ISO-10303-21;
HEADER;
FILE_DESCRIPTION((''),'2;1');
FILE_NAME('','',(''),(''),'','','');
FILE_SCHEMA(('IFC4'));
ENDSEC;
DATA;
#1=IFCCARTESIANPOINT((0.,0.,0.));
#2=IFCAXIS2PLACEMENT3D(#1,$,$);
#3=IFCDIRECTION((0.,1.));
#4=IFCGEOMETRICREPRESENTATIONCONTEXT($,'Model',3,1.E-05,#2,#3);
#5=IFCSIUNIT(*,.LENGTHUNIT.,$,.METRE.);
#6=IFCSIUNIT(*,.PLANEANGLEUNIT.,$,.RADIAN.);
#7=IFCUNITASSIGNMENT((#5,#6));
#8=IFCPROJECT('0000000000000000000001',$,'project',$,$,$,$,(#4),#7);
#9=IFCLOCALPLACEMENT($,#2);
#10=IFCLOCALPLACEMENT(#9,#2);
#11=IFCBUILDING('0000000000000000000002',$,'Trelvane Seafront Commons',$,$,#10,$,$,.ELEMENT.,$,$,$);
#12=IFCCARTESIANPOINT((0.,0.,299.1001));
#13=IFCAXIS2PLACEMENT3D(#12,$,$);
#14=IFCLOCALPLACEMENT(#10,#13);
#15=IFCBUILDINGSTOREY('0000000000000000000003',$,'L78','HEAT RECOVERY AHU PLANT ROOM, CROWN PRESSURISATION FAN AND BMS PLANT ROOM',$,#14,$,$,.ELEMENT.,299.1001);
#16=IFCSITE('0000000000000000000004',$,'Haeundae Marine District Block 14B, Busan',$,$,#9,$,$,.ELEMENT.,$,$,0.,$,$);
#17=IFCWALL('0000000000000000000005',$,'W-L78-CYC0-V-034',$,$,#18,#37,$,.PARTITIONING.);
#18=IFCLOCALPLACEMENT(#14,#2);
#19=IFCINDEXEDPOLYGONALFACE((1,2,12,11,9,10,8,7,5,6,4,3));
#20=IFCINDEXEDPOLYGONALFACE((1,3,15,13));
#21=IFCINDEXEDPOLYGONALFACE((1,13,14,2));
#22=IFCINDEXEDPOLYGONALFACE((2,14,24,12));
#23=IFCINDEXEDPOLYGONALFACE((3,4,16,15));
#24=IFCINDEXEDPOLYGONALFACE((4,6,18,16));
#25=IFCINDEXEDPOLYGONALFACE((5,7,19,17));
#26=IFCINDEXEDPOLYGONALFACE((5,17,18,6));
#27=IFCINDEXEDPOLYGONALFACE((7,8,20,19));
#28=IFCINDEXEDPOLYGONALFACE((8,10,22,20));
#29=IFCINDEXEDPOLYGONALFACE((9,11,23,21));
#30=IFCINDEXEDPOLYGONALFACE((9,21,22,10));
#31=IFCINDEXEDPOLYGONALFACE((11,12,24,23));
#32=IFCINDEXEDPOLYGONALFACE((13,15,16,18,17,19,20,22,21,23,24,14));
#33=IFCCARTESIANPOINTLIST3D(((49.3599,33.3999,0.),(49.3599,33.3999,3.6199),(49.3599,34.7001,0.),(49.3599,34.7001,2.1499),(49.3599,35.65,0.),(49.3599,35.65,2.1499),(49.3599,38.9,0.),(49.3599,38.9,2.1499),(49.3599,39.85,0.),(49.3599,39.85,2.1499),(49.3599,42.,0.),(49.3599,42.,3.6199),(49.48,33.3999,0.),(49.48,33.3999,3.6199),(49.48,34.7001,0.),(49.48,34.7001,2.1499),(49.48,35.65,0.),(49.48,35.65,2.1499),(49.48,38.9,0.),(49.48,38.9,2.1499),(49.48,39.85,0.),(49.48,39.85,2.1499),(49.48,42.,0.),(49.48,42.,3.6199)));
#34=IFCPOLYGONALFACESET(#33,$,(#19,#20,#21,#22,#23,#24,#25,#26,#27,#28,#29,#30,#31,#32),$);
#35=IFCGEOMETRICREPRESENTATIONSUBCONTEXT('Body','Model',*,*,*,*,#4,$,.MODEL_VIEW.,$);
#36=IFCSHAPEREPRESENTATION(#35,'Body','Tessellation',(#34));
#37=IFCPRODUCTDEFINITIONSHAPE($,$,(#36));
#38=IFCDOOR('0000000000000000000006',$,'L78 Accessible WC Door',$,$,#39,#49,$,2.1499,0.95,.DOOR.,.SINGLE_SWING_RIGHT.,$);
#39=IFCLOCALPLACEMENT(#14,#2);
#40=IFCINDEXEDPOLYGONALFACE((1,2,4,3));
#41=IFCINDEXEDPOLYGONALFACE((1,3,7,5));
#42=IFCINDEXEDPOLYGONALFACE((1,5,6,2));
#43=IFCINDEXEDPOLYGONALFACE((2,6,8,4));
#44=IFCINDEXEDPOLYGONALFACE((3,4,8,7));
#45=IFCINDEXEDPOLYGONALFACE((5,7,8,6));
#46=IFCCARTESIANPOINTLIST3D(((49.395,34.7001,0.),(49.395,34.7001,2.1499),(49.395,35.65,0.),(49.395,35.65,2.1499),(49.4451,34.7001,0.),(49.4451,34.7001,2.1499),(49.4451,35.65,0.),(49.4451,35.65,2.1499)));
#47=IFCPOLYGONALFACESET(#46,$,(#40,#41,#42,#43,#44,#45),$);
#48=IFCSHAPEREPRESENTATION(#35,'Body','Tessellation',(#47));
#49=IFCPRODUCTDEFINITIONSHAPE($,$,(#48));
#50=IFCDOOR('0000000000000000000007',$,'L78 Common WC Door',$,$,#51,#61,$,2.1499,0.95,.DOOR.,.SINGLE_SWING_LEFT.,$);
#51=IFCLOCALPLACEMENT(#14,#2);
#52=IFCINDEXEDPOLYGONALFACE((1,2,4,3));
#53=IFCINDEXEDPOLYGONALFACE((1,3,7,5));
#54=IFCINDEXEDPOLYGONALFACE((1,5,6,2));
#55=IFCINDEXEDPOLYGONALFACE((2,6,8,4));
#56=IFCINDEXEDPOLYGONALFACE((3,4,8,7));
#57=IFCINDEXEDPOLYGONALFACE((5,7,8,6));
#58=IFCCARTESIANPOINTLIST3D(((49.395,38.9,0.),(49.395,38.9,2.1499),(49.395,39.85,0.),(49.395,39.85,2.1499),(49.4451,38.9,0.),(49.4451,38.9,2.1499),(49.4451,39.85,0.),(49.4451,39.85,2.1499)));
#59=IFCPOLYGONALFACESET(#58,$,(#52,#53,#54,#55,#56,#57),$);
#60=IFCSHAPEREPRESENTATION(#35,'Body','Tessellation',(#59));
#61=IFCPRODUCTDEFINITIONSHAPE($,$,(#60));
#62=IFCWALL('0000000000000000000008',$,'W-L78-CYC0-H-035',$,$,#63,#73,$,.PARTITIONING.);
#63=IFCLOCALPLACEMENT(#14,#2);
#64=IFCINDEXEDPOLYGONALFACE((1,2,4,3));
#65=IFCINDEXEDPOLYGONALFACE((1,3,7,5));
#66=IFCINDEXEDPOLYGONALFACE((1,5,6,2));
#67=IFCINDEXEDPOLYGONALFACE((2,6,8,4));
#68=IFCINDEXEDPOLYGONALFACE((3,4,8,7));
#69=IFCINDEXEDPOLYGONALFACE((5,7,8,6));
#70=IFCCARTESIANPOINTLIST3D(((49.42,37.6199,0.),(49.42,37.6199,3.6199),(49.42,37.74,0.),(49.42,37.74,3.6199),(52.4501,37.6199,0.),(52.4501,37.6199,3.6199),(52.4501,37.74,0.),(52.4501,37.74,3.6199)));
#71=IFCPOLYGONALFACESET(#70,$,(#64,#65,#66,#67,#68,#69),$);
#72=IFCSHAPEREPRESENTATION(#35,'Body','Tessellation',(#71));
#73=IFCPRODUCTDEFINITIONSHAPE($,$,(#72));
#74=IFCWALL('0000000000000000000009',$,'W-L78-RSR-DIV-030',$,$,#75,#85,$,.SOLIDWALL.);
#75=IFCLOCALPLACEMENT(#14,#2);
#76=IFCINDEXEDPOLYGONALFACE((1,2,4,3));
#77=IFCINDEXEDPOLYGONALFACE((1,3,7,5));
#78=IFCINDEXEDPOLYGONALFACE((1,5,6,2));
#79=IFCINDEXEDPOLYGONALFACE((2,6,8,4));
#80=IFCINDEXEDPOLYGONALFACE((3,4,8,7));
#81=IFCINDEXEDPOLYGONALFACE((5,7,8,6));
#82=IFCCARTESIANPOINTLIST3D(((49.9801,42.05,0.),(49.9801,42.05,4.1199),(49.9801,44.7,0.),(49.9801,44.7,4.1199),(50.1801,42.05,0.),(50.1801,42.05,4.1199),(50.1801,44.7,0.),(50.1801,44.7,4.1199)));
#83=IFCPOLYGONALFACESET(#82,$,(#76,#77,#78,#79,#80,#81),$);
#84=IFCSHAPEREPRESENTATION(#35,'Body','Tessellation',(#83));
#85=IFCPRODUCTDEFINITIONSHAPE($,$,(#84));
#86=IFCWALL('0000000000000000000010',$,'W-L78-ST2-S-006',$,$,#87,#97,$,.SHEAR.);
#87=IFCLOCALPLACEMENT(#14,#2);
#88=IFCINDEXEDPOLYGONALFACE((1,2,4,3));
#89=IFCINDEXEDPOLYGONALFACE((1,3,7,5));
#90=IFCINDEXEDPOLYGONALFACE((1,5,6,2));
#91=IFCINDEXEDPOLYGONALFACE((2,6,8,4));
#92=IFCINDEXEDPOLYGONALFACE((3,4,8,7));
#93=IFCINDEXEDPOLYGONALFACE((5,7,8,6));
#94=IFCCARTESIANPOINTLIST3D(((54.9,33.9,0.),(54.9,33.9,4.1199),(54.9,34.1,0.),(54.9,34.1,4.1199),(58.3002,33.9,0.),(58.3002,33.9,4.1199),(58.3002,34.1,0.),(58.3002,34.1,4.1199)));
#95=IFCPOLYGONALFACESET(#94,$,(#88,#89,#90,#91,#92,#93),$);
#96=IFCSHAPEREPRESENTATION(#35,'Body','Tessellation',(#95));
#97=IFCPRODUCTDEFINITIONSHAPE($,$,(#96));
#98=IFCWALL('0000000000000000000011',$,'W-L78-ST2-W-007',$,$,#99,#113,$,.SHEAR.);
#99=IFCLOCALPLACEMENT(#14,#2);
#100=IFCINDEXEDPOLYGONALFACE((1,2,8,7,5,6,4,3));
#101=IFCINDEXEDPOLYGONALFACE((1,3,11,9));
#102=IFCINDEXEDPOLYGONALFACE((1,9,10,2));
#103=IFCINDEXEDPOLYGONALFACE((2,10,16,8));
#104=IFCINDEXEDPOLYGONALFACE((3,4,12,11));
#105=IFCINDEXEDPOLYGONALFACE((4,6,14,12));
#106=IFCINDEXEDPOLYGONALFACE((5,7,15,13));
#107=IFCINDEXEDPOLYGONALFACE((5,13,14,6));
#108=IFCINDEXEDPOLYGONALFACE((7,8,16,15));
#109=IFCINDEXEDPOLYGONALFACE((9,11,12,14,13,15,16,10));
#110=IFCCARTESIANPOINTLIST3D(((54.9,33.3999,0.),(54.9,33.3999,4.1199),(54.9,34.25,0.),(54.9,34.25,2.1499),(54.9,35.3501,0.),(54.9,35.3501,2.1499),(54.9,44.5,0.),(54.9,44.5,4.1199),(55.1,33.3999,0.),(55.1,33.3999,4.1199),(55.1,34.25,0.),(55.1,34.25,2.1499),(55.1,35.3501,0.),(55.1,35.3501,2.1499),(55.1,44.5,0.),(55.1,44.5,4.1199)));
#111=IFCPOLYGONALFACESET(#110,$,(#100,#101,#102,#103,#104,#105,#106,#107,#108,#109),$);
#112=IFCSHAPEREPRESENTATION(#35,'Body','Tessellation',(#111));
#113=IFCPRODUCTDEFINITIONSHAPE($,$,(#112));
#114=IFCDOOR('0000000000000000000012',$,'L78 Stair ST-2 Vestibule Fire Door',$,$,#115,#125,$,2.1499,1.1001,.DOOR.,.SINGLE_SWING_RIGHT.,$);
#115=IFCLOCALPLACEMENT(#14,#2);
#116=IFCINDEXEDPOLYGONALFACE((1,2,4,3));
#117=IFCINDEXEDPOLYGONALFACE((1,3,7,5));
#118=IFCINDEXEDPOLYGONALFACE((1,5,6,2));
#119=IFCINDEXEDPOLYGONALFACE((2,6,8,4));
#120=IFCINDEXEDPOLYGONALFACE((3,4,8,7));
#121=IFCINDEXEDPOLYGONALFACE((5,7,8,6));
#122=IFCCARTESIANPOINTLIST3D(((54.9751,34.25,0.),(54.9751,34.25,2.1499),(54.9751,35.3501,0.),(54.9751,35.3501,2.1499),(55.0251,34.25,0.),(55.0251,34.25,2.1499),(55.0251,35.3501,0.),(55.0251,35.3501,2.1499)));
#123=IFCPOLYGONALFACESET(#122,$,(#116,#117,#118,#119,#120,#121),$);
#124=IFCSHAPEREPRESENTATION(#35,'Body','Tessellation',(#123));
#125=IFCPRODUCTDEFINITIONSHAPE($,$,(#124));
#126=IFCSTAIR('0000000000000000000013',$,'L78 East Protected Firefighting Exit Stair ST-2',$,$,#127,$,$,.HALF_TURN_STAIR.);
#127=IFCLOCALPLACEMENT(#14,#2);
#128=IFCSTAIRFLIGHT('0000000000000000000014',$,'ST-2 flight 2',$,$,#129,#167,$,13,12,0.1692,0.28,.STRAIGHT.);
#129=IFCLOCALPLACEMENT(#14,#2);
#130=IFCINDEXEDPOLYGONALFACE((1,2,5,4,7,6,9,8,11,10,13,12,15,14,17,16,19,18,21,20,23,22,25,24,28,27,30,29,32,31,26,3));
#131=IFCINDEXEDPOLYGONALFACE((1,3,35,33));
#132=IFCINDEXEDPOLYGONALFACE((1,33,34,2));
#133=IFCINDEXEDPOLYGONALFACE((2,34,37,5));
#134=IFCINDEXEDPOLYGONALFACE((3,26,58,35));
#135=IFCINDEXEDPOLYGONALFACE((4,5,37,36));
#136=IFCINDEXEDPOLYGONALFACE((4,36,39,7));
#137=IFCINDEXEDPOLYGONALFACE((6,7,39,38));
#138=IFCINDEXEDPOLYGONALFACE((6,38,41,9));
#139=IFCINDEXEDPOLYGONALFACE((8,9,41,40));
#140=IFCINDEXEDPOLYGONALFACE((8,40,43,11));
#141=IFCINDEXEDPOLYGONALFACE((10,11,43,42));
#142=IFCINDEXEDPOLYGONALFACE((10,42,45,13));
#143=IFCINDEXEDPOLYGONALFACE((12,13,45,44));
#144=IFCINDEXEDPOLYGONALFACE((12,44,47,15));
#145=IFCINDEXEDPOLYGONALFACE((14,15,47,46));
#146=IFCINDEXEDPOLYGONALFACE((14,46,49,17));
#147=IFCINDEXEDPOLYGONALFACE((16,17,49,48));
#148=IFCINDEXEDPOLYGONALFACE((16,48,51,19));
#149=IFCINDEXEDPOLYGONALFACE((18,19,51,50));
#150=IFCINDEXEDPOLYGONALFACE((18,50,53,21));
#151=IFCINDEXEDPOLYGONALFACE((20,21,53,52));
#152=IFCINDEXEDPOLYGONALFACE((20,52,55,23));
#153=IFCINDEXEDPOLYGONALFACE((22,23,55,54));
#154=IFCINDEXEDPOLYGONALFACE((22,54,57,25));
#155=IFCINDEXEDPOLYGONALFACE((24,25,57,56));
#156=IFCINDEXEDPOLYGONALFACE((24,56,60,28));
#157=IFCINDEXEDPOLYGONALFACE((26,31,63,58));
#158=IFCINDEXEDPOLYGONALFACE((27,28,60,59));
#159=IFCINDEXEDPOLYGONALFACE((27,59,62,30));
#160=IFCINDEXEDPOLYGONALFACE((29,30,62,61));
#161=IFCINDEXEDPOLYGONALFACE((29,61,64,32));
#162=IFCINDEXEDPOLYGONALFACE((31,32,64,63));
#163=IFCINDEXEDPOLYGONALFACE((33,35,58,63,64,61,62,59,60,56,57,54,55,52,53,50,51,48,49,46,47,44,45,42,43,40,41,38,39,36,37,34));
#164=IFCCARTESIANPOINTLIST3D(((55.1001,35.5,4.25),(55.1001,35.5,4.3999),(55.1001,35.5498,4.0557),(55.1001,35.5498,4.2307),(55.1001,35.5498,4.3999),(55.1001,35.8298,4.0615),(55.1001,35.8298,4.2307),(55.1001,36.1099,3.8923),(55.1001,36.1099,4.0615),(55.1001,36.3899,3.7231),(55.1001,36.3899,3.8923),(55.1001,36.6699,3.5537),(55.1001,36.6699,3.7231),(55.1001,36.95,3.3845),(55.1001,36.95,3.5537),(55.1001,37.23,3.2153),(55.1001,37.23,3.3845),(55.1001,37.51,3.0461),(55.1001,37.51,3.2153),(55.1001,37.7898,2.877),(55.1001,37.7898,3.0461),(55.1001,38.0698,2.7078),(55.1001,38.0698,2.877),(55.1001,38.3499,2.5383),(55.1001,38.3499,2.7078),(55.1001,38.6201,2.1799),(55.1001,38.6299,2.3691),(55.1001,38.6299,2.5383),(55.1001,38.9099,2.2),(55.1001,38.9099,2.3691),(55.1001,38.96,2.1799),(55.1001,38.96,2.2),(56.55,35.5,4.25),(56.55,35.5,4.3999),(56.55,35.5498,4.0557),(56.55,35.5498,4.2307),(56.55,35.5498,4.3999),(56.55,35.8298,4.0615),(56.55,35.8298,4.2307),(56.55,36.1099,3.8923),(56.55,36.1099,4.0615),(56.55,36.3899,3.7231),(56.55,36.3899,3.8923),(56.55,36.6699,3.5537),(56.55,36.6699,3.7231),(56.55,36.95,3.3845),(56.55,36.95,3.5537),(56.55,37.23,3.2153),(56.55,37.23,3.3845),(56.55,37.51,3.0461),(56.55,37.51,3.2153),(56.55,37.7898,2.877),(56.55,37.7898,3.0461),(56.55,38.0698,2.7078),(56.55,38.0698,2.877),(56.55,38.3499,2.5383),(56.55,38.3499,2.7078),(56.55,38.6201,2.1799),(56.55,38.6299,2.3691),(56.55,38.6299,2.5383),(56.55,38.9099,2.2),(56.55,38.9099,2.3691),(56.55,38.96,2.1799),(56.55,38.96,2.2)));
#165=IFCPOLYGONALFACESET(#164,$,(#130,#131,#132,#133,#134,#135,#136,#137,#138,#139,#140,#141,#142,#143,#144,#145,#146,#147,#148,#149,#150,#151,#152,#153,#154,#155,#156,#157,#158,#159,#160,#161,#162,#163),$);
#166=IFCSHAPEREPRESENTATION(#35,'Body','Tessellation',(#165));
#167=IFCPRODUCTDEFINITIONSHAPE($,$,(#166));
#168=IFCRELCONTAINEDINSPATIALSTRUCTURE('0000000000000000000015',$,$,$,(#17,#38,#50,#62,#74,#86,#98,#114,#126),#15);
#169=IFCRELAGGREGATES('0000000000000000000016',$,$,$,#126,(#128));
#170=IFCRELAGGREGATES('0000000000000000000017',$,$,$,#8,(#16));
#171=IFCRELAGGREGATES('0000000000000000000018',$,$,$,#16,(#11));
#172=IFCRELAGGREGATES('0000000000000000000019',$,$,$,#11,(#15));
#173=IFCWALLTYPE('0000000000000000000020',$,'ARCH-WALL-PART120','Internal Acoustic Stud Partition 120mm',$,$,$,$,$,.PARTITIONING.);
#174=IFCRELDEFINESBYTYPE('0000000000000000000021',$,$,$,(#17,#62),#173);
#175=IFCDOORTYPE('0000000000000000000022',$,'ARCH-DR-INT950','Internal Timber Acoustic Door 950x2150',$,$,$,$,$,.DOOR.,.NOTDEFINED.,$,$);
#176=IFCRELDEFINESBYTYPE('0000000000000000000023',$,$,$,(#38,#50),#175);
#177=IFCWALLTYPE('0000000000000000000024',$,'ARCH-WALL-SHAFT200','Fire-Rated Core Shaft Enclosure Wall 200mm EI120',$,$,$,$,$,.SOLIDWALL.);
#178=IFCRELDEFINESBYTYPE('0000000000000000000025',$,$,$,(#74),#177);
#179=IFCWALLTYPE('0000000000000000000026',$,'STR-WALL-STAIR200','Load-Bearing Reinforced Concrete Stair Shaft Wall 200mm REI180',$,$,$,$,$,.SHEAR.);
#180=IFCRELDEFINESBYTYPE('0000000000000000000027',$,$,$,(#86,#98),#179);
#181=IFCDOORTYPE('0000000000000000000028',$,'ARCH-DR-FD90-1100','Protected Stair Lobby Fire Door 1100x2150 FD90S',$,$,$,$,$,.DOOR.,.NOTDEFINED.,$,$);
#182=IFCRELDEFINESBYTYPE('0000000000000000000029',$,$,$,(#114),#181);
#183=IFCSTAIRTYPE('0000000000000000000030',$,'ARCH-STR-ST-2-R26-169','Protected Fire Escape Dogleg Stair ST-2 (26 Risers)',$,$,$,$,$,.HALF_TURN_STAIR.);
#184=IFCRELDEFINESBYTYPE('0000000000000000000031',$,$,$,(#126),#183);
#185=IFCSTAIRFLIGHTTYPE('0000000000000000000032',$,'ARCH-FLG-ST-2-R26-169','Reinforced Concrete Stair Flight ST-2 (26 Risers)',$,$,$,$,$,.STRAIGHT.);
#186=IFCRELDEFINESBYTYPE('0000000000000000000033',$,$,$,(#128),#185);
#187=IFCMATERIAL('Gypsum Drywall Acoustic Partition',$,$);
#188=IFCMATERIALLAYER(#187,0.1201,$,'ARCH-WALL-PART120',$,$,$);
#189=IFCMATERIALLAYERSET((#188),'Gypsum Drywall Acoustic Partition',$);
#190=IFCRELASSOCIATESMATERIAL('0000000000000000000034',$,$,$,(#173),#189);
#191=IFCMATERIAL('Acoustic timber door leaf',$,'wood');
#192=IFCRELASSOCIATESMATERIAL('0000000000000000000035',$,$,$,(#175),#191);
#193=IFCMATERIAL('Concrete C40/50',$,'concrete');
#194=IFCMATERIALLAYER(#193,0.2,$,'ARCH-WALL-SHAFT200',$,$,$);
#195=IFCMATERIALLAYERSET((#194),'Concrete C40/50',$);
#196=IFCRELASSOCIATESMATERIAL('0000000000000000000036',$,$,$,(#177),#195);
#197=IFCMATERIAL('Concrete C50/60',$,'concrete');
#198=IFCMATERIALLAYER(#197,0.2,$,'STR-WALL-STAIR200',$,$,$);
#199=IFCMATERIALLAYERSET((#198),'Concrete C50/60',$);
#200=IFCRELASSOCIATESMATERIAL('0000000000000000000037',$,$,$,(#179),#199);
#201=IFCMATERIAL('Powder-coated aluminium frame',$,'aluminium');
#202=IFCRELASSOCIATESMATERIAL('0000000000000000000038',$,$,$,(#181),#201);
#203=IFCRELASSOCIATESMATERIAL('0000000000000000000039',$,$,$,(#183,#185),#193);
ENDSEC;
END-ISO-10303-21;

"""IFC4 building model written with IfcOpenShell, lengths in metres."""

from ifc_helpers import new_model, si_unit, direction, frame, frame_2d, origin, place, context, subcontext, project, spatial, polyline, rectangle, outline, extrude, source, transform, mapped, material, layer, layer_set, type_object, element, fill, aggregate, save


model = new_model("IFC4")

# Units and contexts
model_context = context("Model", 3, precision=1e-05, world=origin(), true_north=direction((0.0, 1.0)))
body_context = subcontext(model_context, "Body", "Model", "MODEL_VIEW")
ifc_project = project(units=[si_unit("LENGTHUNIT", "METRE"), si_unit("PLANEANGLEUNIT", "RADIAN")], contexts=[model_context])

# Site, building, storey
site_placement = place(None, origin())
site = spatial("IfcSite", under=ifc_project, at=site_placement, Name="Haeundae Marine District Block 14B, Busan", CompositionType="ELEMENT", RefElevation=0.0)
building_placement = place(site_placement, origin())
building = spatial("IfcBuilding", under=site, at=building_placement, Name="Trelvane Seafront Commons", CompositionType="ELEMENT")
storey_placement = place(building_placement, frame((0.0, 0.0, 299.1001)))
storey = spatial("IfcBuildingStorey", under=building, at=storey_placement, Name="L78", Description="HEAT RECOVERY AHU PLANT ROOM, CROWN PRESSURISATION FAN AND BMS PLANT ROOM", CompositionType="ELEMENT", Elevation=299.1001)

# Shared definitions
ifc_material_1 = material(Name="Concrete C40/50", Category="concrete")
ifc_material_2 = material(Name="Powder-coated aluminium frame", Category="aluminium")
shared_shape_1 = source(origin(), body_context, "Body", "SweptSolid", [
    extrude(rectangle(XDim=0.95, YDim=2.1499, at=frame_2d((0.4751, 1.075))), frame((0.0, 0.0249, 0.0), z_axis=(0.0, -1.0, 0.0), x_axis=(1.0, 0.0, 0.0)), (0.0, 0.0, 1.0), 0.05),
])

# Wall, openings, doors
ifc_material_3 = material(Name="Gypsum Drywall Acoustic Partition")
ifc_layer_1 = layer(ifc_material_3, 0.1201, Name="ARCH-WALL-PART120")
ifc_layer_set_1 = layer_set([ifc_layer_1], Name="Gypsum Drywall Acoustic Partition")
wall_type_1 = type_object("IfcWallType", Name="ARCH-WALL-PART120", Description="Internal Acoustic Stud Partition 120mm", PredefinedType="PARTITIONING", material=ifc_layer_set_1)
wall_1_placement = place(storey_placement, frame((49.4199, 33.3999, 0.0), z_axis=(0.0, 0.0, 1.0), x_axis=(0.0, 1.0, 0.0)))
wall_1 = element("IfcWall", 1, at=wall_1_placement, inside=storey, type_object=wall_type_1, Name="W-L78-CYC0-V-034", PredefinedType="PARTITIONING", context=body_context, shape_type="SweptSolid", body=[
    extrude(rectangle(XDim=8.6001, YDim=0.1201, at=frame_2d((4.3, 0.0))), origin(), (0.0, 0.0, 1.0), 3.6199),
])
opening_1_placement = place(wall_1_placement, frame((1.3, 0.0, 0.0)))
opening_1 = element("IfcOpeningElement", 2, at=opening_1_placement, cuts=wall_1, PredefinedType="OPENING", context=body_context, shape_type="SweptSolid", body=[
    extrude(rectangle(XDim=0.95, YDim=2.1499, at=frame_2d((0.4751, 1.075))), frame((0.0, 0.0701, 0.0), z_axis=(0.0, -1.0, 0.0), x_axis=(1.0, 0.0, 0.0)), (0.0, 0.0, 1.0), 0.1401),
])
opening_2_placement = place(wall_1_placement, frame((5.5, 0.0, 0.0)))
opening_2 = element("IfcOpeningElement", 3, at=opening_2_placement, cuts=wall_1, PredefinedType="OPENING", context=body_context, shape_type="SweptSolid", body=[
    extrude(rectangle(XDim=0.95, YDim=2.1499, at=frame_2d((0.4751, 1.075))), frame((0.0, 0.0701, 0.0), z_axis=(0.0, -1.0, 0.0), x_axis=(1.0, 0.0, 0.0)), (0.0, 0.0, 1.0), 0.1401),
])
ifc_material_4 = material(Name="Acoustic timber door leaf", Category="wood")
door_type_1 = type_object("IfcDoorType", Name="ARCH-DR-INT950", Description="Internal Timber Acoustic Door 950x2150", OperationType="NOTDEFINED", PredefinedType="DOOR", material=ifc_material_4)
door_1_placement = place(opening_1_placement, origin())
door_1 = element("IfcDoor", 4, at=door_1_placement, inside=storey, type_object=door_type_1, Name="L78 Accessible WC Door", OperationType="SINGLE_SWING_RIGHT", OverallHeight=2.1499, OverallWidth=0.95, PredefinedType="DOOR", context=body_context, shape_type="MappedRepresentation", body=[
    mapped(shared_shape_1, transform((0.0, 0.0, 0.0), x_axis=(1.0, 0.0, 0.0), y_axis=(0.0, 1.0, 0.0), z_axis=(0.0, 0.0, 1.0), scale=1.0)),
])
fill(opening_1, door_1)
door_2_placement = place(opening_2_placement, origin())
door_2 = element("IfcDoor", 5, at=door_2_placement, inside=storey, type_object=door_type_1, Name="L78 Common WC Door", OperationType="SINGLE_SWING_LEFT", OverallHeight=2.1499, OverallWidth=0.95, PredefinedType="DOOR", context=body_context, shape_type="MappedRepresentation", body=[
    mapped(shared_shape_1, transform((0.0, 0.0, 0.0), x_axis=(1.0, 0.0, 0.0), y_axis=(0.0, 1.0, 0.0), z_axis=(0.0, 0.0, 1.0), scale=1.0)),
])
fill(opening_2, door_2)

# Walls
wall_2_placement = place(storey_placement, frame((49.4199, 37.6799, 0.0), z_axis=(0.0, 0.0, 1.0), x_axis=(1.0, 0.0, 0.0)))
element("IfcWall", 6, at=wall_2_placement, inside=storey, type_object=wall_type_1, Name="W-L78-CYC0-H-035", PredefinedType="PARTITIONING", context=body_context, shape_type="SweptSolid", body=[
    extrude(rectangle(XDim=3.03, YDim=0.1201, at=frame_2d((1.5151, 0.0))), origin(), (0.0, 0.0, 1.0), 3.6199),
])
ifc_layer_2 = layer(ifc_material_1, 0.2, Name="ARCH-WALL-SHAFT200")
ifc_layer_set_2 = layer_set([ifc_layer_2], Name="Concrete C40/50")
wall_type_2 = type_object("IfcWallType", Name="ARCH-WALL-SHAFT200", Description="Fire-Rated Core Shaft Enclosure Wall 200mm EI120", PredefinedType="SOLIDWALL", material=ifc_layer_set_2)
wall_3_placement = place(storey_placement, frame((50.0801, 42.05, 0.0), z_axis=(0.0, 0.0, 1.0), x_axis=(0.0, 1.0, 0.0)))
element("IfcWall", 7, at=wall_3_placement, inside=storey, type_object=wall_type_2, Name="W-L78-RSR-DIV-030", PredefinedType="SOLIDWALL", context=body_context, shape_type="SweptSolid", body=[
    extrude(rectangle(XDim=2.6499, YDim=0.2, at=frame_2d((1.325, 0.0))), origin(), (0.0, 0.0, 1.0), 4.1199),
])
ifc_material_5 = material(Name="Concrete C50/60", Category="concrete")
ifc_layer_3 = layer(ifc_material_5, 0.2, Name="STR-WALL-STAIR200")
ifc_layer_set_3 = layer_set([ifc_layer_3], Name="Concrete C50/60")
wall_type_3 = type_object("IfcWallType", Name="STR-WALL-STAIR200", Description="Load-Bearing Reinforced Concrete Stair Shaft Wall 200mm REI180", PredefinedType="SHEAR", material=ifc_layer_set_3)
wall_4_placement = place(storey_placement, frame((54.8999, 34.0, 0.0), z_axis=(0.0, 0.0, 1.0), x_axis=(1.0, 0.0, 0.0)))
element("IfcWall", 8, at=wall_4_placement, inside=storey, type_object=wall_type_3, Name="W-L78-ST2-S-006", PredefinedType="SHEAR", context=body_context, shape_type="SweptSolid", body=[
    extrude(rectangle(XDim=3.4001, YDim=0.2, at=frame_2d((1.7002, 0.0))), origin(), (0.0, 0.0, 1.0), 4.1199),
])

# Wall, opening, door
wall_5_placement = place(storey_placement, frame((55.0, 33.3999, 0.0), z_axis=(0.0, 0.0, 1.0), x_axis=(0.0, 1.0, 0.0)))
wall_5 = element("IfcWall", 9, at=wall_5_placement, inside=storey, type_object=wall_type_3, Name="W-L78-ST2-W-007", PredefinedType="SHEAR", context=body_context, shape_type="SweptSolid", body=[
    extrude(rectangle(XDim=11.1001, YDim=0.2, at=frame_2d((5.55, 0.0))), origin(), (0.0, 0.0, 1.0), 4.1199),
])
opening_3_placement = place(wall_5_placement, frame((0.8501, 0.0, 0.0)))
opening_3 = element("IfcOpeningElement", 10, at=opening_3_placement, cuts=wall_5, PredefinedType="OPENING", context=body_context, shape_type="SweptSolid", body=[
    extrude(rectangle(XDim=1.1001, YDim=2.1499, at=frame_2d((0.55, 1.075))), frame((0.0, 0.1099, 0.0), z_axis=(0.0, -1.0, 0.0), x_axis=(1.0, 0.0, 0.0)), (0.0, 0.0, 1.0), 0.22),
])
door_type_2 = type_object("IfcDoorType", Name="ARCH-DR-FD90-1100", Description="Protected Stair Lobby Fire Door 1100x2150 FD90S", OperationType="NOTDEFINED", PredefinedType="DOOR", material=ifc_material_2)
shared_shape_2 = source(origin(), body_context, "Body", "SweptSolid", [
    extrude(rectangle(XDim=1.1001, YDim=2.1499, at=frame_2d((0.55, 1.075))), frame((0.0, 0.0249, 0.0), z_axis=(0.0, -1.0, 0.0), x_axis=(1.0, 0.0, 0.0)), (0.0, 0.0, 1.0), 0.05),
])
door_3_placement = place(opening_3_placement, origin())
door_3 = element("IfcDoor", 11, at=door_3_placement, inside=storey, type_object=door_type_2, Name="L78 Stair ST-2 Vestibule Fire Door", OperationType="SINGLE_SWING_RIGHT", OverallHeight=2.1499, OverallWidth=1.1001, PredefinedType="DOOR", context=body_context, shape_type="MappedRepresentation", body=[
    mapped(shared_shape_2, transform((0.0, 0.0, 0.0), x_axis=(1.0, 0.0, 0.0), y_axis=(0.0, 1.0, 0.0), z_axis=(0.0, 0.0, 1.0), scale=1.0)),
])
fill(opening_3, door_3)

# Stair, stair flight
stair_type = type_object("IfcStairType", Name="ARCH-STR-ST-2-R26-169", Description="Protected Fire Escape Dogleg Stair ST-2 (26 Risers)", PredefinedType="HALF_TURN_STAIR", material=ifc_material_1)
stair_placement = place(storey_placement, origin())
stair = element("IfcStair", 12, at=stair_placement, inside=storey, type_object=stair_type, Name="L78 East Protected Firefighting Exit Stair ST-2", PredefinedType="HALF_TURN_STAIR")
stair_flight_type = type_object("IfcStairFlightType", Name="ARCH-FLG-ST-2-R26-169", Description="Reinforced Concrete Stair Flight ST-2 (26 Risers)", PredefinedType="STRAIGHT", material=ifc_material_1)
shared_shape_3 = source(origin(), body_context, "Body", "SweptSolid", [
    extrude(outline(polyline([(-0.05, -0.02), (-0.05, 0.0), (0.0, 0.0), (0.0, 0.1692), (0.28, 0.1692), (0.28, 0.3384), (0.5601, 0.3384), (0.5601, 0.5078), (0.8401, 0.5078), (0.8401, 0.677), (1.1201, 0.677), (1.1201, 0.8462), (1.3999, 0.8462), (1.3999, 1.0154), (1.6799, 1.0154), (1.6799, 1.1846), (1.96, 1.1846), (1.96, 1.3538), (2.24, 1.3538), (2.24, 1.5232), (2.52, 1.5232), (2.52, 1.6924), (2.8, 1.6924), (2.8, 1.8616), (3.0801, 1.8616), (3.0801, 2.0308), (3.3601, 2.0308), (3.3601, 2.2), (3.4099, 2.2), (3.4099, 2.05), (3.3601, 1.8557), (0.2898, -0.02), (-0.05, -0.02)])), frame((0.0, 0.7251, 0.0), z_axis=(0.0, -1.0, 0.0), x_axis=(1.0, 0.0, 0.0)), (0.0, 0.0, 1.0), 1.45),
])
stair_flight_placement = place(storey_placement, frame((55.825, 38.9099, 2.2), z_axis=(0.0, 0.0, 1.0), x_axis=(0.0, -1.0, 0.0)))
stair_flight = element("IfcStairFlight", 13, at=stair_flight_placement, type_object=stair_flight_type, Name="ST-2 flight 2", NumberOfRisers=13, NumberOfTreads=12, PredefinedType="STRAIGHT", RiserHeight=0.1692, TreadLength=0.28, context=body_context, shape_type="MappedRepresentation", body=[
    mapped(shared_shape_3, transform((0.0, 0.0, 0.0), x_axis=(1.0, 0.0, 0.0), y_axis=(0.0, 1.0, 0.0), z_axis=(0.0, 0.0, 1.0), scale=1.0)),
])
aggregate(stair, [stair_flight])

save(model, "model.ifc")
